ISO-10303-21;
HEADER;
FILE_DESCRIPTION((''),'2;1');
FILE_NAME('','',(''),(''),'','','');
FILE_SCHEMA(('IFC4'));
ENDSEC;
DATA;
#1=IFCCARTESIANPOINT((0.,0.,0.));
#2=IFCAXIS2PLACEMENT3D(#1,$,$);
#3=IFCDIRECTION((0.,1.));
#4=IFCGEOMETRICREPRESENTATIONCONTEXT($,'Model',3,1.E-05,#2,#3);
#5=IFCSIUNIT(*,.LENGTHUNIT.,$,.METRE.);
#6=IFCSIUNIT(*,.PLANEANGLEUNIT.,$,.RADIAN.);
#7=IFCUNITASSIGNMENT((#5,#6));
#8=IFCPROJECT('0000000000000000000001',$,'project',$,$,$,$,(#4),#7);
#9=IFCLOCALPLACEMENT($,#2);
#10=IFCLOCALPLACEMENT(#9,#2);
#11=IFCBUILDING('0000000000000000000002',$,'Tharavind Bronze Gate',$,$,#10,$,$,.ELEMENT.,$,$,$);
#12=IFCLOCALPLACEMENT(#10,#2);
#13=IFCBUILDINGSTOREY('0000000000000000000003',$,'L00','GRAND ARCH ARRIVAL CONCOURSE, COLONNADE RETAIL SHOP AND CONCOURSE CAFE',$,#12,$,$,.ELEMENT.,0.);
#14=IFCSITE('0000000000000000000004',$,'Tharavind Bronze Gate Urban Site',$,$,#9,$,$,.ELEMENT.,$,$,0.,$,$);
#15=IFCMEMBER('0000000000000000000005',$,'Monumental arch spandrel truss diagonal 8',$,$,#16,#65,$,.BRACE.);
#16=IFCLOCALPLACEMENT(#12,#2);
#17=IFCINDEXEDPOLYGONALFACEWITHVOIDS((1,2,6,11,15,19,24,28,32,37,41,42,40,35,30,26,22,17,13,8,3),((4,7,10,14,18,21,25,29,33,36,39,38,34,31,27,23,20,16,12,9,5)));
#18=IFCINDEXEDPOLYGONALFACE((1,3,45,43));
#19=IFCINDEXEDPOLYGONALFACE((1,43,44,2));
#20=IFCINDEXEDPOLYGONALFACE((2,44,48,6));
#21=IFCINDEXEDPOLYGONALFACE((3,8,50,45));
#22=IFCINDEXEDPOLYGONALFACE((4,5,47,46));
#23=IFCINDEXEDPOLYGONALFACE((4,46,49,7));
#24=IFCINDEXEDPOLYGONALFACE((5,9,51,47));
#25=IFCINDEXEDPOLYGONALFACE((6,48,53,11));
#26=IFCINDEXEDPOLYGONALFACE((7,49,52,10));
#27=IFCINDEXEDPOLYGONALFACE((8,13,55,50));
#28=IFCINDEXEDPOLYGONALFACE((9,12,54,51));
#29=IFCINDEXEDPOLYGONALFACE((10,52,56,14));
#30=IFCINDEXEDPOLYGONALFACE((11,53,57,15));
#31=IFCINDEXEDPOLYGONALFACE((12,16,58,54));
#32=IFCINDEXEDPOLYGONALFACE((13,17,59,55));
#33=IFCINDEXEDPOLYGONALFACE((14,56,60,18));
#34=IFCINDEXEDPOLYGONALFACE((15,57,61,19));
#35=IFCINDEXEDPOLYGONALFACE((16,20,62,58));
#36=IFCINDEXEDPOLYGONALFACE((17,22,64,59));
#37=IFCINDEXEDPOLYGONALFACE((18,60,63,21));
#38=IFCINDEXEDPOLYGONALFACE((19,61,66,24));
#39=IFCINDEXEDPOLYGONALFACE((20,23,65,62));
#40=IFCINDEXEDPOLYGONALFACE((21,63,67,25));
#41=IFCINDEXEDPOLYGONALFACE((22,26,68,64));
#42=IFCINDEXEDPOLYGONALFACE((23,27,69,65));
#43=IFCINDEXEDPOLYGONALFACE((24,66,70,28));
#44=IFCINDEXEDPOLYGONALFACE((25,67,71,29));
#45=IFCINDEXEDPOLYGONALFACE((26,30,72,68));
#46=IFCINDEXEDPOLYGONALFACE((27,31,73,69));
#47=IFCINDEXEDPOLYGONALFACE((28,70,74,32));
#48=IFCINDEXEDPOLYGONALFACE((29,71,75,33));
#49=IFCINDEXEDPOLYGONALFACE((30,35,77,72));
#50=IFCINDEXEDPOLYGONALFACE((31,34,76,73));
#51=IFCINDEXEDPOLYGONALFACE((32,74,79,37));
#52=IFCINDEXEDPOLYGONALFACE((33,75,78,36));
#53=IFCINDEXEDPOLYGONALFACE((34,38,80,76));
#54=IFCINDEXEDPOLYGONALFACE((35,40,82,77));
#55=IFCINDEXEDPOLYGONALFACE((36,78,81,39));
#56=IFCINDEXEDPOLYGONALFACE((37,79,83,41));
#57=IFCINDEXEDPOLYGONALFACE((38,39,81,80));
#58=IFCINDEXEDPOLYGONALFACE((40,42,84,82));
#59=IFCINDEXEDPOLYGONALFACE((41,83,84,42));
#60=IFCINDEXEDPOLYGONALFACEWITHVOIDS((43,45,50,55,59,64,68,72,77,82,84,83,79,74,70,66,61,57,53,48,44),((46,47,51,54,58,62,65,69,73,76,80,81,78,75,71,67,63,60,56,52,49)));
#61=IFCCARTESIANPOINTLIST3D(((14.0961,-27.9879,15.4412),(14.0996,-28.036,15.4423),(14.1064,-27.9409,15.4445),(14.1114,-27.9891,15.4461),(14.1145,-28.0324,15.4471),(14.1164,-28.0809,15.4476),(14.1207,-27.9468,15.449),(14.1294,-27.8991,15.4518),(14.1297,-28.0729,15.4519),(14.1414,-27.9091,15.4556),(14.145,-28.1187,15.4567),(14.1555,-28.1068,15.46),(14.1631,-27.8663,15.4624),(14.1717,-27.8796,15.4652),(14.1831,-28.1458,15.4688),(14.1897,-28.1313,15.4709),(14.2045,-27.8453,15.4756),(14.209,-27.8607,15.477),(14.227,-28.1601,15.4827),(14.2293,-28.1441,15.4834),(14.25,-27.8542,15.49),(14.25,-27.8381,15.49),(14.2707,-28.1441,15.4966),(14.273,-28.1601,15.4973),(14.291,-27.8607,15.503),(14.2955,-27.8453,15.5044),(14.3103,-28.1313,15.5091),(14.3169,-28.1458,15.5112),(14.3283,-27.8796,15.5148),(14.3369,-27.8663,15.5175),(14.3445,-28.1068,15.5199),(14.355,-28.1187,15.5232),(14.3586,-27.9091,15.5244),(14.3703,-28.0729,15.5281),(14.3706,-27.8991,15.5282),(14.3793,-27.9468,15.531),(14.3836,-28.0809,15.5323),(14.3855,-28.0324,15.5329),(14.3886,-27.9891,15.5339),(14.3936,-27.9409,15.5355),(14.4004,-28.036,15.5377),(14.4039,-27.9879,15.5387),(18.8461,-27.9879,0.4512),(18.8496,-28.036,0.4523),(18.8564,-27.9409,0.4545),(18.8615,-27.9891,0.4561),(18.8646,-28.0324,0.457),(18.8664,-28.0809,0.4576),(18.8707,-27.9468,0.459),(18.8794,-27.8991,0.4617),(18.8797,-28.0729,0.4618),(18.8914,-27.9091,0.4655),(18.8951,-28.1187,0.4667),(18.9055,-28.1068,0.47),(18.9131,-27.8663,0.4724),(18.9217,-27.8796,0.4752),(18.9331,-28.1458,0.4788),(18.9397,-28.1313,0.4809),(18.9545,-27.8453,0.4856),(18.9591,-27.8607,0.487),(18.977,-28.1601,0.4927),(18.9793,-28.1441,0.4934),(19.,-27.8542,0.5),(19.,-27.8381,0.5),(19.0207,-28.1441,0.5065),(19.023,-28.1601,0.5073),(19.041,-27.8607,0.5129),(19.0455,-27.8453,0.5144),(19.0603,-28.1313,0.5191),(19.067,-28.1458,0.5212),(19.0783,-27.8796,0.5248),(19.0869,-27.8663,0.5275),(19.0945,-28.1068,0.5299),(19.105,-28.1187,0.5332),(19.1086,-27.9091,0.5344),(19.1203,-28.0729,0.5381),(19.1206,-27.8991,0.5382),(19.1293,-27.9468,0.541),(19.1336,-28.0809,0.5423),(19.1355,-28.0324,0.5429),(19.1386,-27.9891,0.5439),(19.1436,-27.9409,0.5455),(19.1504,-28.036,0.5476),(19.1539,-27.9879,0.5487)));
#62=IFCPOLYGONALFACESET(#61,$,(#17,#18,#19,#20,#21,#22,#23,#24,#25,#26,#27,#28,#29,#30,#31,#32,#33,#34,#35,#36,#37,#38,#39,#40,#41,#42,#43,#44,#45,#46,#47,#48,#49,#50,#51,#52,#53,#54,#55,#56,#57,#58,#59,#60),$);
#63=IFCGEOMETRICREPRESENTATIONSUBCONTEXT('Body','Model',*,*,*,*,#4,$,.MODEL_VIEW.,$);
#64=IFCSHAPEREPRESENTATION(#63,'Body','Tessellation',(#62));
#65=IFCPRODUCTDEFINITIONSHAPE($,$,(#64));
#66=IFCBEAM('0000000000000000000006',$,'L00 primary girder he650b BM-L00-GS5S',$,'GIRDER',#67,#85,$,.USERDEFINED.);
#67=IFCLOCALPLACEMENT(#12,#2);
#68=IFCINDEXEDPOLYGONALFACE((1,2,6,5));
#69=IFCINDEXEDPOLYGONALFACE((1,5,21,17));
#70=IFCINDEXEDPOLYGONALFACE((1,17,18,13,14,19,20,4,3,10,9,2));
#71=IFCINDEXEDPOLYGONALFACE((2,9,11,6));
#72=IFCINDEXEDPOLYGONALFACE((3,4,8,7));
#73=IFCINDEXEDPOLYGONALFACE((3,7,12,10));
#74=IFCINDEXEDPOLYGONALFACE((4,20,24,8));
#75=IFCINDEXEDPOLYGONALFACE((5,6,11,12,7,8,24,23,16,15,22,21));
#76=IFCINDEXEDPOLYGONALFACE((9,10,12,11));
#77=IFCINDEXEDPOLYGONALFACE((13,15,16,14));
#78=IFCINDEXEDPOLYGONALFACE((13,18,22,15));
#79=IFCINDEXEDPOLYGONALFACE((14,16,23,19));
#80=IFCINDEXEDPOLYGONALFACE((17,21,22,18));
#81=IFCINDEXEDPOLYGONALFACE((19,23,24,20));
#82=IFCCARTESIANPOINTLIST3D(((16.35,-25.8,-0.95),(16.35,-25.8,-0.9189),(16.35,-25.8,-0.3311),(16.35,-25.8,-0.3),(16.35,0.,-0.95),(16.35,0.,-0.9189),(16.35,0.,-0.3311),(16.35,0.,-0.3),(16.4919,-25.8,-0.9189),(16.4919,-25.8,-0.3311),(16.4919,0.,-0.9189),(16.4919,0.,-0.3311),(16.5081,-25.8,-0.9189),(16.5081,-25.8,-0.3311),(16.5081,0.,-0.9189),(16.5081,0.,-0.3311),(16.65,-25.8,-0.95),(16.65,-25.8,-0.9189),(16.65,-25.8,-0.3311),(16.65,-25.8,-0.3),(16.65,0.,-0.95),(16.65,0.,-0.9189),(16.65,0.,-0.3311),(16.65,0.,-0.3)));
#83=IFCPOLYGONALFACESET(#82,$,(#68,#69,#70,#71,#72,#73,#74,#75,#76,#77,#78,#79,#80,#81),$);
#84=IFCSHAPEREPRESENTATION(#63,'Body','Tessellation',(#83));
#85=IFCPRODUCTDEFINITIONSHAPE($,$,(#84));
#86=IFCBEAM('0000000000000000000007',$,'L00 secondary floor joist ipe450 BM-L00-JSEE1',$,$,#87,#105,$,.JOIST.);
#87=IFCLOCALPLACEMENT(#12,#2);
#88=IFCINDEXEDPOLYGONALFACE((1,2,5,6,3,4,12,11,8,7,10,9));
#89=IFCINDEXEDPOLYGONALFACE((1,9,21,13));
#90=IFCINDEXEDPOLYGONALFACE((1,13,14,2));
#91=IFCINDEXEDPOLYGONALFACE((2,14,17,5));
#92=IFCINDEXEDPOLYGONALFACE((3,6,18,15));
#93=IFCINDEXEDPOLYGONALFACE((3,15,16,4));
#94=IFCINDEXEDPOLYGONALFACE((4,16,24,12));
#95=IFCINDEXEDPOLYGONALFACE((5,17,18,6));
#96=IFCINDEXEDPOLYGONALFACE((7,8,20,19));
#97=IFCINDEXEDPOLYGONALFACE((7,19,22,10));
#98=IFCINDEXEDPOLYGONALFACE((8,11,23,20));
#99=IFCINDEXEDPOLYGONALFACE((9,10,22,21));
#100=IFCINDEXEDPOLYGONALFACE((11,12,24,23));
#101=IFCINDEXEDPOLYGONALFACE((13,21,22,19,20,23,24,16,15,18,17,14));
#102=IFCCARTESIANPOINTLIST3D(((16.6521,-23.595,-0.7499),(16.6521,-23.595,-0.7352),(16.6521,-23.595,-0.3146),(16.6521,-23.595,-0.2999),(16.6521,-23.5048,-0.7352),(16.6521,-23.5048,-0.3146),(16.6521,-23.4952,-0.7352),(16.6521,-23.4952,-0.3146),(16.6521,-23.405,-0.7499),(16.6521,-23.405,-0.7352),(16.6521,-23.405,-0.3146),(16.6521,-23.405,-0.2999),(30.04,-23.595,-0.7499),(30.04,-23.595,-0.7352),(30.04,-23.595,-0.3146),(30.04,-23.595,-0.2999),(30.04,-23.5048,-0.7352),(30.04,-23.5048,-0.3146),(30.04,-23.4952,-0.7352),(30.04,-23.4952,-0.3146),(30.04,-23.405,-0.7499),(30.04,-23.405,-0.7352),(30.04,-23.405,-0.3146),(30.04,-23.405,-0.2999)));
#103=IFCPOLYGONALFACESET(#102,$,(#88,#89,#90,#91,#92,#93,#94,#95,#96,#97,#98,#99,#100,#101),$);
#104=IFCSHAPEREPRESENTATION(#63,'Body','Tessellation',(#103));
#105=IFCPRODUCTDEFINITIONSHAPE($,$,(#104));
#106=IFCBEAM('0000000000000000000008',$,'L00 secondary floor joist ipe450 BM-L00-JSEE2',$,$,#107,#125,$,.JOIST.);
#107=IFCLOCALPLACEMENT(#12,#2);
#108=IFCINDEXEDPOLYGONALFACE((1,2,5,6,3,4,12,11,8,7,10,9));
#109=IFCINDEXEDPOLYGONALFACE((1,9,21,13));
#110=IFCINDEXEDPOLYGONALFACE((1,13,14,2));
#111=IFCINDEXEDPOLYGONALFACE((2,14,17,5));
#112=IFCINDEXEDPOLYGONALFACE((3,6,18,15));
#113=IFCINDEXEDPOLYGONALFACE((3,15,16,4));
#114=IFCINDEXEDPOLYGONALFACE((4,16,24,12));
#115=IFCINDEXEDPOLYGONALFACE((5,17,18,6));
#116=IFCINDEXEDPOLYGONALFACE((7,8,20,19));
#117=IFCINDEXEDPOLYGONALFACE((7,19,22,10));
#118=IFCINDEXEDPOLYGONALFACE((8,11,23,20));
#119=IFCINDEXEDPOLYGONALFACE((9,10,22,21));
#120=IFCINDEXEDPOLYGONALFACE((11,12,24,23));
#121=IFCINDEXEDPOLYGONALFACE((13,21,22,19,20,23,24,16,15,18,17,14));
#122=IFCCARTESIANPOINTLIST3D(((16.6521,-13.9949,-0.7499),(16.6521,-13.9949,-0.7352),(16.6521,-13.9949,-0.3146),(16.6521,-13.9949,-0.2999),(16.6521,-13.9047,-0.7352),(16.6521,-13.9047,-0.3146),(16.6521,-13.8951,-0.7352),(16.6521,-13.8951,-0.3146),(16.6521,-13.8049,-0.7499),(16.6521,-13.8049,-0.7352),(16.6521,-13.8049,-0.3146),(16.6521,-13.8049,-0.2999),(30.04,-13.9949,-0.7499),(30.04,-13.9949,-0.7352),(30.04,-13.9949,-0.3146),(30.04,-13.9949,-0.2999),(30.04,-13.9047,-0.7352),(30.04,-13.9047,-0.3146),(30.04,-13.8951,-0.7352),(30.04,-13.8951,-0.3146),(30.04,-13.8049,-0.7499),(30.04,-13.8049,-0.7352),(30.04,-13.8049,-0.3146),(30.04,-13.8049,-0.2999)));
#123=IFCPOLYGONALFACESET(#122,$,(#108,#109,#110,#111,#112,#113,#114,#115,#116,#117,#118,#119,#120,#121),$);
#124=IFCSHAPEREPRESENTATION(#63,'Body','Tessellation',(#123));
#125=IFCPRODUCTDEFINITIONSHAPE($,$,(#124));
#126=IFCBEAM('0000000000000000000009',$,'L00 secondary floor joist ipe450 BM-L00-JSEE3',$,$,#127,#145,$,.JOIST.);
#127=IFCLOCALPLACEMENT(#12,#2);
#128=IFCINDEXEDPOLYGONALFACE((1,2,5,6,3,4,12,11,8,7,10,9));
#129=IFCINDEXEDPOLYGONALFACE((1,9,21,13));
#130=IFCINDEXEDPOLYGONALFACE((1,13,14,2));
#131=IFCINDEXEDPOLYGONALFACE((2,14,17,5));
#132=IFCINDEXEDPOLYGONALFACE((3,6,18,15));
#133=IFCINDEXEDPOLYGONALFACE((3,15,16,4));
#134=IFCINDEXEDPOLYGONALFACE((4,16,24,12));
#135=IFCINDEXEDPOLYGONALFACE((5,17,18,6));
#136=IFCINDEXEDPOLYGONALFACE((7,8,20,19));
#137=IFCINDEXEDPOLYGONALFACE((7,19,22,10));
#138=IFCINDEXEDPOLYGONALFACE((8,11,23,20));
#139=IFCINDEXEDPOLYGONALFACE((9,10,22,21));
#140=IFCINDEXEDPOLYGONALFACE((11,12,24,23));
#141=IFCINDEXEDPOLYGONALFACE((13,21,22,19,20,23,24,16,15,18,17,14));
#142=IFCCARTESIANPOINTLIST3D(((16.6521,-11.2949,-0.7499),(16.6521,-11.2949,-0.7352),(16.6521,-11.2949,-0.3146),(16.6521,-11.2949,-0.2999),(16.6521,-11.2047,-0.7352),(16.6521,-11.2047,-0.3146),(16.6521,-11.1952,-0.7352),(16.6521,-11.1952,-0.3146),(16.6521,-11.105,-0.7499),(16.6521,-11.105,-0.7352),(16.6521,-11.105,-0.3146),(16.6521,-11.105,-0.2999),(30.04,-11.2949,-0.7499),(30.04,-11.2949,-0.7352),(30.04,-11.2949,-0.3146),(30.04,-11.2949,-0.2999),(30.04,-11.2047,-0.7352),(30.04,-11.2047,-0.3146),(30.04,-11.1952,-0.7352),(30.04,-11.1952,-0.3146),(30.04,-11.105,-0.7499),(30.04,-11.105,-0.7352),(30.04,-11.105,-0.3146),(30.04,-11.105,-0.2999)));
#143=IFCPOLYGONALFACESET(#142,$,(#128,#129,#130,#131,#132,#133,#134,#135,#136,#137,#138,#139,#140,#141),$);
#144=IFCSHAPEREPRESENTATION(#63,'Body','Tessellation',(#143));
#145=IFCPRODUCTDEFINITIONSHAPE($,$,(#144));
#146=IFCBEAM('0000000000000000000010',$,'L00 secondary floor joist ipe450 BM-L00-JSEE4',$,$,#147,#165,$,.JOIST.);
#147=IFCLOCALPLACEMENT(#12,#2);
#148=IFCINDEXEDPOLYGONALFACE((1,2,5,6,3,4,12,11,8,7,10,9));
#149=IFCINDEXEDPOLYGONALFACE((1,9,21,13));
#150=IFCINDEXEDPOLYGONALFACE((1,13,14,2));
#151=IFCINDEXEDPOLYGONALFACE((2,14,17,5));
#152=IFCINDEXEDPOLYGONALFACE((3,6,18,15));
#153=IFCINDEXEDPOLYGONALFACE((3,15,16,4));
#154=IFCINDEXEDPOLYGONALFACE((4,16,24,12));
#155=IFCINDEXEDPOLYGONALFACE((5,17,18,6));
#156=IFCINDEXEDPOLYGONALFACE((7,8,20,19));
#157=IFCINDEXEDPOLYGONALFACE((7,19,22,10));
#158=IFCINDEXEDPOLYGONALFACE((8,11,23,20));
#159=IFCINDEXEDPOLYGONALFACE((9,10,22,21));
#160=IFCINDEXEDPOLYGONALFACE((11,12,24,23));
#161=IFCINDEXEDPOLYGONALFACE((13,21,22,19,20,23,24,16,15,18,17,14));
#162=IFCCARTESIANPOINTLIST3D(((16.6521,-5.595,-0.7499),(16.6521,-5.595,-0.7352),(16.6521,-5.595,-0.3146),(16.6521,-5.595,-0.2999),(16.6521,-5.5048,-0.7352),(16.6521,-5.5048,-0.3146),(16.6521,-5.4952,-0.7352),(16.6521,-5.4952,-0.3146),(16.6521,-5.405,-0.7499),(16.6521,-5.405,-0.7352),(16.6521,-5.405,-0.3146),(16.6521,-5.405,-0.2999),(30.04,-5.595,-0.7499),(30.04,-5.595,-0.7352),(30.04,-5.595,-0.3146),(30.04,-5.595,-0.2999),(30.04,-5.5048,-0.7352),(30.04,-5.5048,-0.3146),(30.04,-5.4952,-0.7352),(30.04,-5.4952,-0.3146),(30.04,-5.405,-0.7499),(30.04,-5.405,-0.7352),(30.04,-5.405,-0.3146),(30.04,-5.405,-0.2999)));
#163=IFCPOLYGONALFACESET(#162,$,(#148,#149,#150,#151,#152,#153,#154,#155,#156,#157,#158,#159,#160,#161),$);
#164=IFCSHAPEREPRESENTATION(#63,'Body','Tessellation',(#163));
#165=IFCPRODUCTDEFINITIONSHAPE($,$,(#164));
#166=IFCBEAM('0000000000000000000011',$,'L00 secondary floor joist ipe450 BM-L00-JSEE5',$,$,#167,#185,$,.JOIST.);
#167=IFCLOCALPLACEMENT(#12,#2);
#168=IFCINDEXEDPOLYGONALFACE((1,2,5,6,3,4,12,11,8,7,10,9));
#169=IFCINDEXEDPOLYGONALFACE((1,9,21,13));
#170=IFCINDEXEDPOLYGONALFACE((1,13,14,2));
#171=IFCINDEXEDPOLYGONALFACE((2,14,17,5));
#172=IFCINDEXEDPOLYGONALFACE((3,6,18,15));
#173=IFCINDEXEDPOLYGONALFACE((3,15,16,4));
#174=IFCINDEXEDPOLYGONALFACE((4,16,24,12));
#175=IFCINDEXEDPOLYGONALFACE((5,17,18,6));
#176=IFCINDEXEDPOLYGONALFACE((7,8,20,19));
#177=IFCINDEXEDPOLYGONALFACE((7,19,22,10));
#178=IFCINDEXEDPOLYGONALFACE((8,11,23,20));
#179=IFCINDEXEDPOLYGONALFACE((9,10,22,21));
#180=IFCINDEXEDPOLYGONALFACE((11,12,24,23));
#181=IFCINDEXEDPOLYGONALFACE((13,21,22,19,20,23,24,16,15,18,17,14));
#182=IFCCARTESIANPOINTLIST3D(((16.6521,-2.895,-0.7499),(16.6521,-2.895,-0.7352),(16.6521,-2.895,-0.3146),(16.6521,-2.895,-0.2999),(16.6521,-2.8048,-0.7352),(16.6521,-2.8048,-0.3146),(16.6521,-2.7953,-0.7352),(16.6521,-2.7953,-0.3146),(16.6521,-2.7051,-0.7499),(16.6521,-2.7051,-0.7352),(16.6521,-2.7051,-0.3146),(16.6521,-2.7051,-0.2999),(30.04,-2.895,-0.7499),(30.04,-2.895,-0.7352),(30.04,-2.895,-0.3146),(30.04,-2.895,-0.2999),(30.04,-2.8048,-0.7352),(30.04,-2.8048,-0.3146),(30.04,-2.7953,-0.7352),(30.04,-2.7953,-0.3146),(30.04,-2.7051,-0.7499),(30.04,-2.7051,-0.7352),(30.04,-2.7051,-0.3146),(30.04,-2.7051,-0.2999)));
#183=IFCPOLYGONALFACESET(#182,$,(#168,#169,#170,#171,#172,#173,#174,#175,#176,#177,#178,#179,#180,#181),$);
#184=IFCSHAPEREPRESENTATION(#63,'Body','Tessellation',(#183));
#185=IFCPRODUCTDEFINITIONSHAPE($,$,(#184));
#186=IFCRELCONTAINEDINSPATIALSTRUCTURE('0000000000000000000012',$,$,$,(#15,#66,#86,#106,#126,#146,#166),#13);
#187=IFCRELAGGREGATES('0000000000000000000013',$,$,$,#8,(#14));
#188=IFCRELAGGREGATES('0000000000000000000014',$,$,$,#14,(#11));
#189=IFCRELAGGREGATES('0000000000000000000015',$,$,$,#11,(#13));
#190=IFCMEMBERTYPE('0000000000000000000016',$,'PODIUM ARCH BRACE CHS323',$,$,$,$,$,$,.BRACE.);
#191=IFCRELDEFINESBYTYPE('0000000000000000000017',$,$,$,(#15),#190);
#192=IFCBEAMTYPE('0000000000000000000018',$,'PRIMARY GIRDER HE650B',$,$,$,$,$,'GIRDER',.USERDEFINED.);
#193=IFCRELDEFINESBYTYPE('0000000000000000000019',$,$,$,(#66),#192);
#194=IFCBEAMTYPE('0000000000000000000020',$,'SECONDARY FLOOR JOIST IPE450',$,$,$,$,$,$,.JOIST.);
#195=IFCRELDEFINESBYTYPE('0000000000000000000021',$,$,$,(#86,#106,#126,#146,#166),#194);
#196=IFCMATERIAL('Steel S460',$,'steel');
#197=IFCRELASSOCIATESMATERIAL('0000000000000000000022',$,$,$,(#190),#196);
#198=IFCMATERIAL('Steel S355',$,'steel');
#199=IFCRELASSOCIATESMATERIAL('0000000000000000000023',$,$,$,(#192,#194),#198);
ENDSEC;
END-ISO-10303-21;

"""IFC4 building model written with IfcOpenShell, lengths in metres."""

from ifc_helpers import new_model, si_unit, direction, frame, origin, origin_2d, place, context, subcontext, project, spatial, hollow_circle, i_section, extrude, material, material_profile, profile_set, type_object, element, save


model = new_model("IFC4")

# Units and contexts
model_context = context("Model", 3, precision=1e-05, world=origin(), true_north=direction((0.0, 1.0)))
body_context = subcontext(model_context, "Body", "Model", "MODEL_VIEW")
ifc_project = project(units=[si_unit("LENGTHUNIT", "METRE"), si_unit("PLANEANGLEUNIT", "RADIAN")], contexts=[model_context])

# Site, building, storey
site_placement = place(None, origin())
site = spatial("IfcSite", under=ifc_project, at=site_placement, Name="Tharavind Bronze Gate Urban Site", CompositionType="ELEMENT", RefElevation=0.0)
building_placement = place(site_placement, origin())
building = spatial("IfcBuilding", under=site, at=building_placement, Name="Tharavind Bronze Gate", CompositionType="ELEMENT")
storey_placement = place(building_placement, origin())
storey = spatial("IfcBuildingStorey", under=building, at=storey_placement, Name="L00", Description="GRAND ARCH ARRIVAL CONCOURSE, COLONNADE RETAIL SHOP AND CONCOURSE CAFE", CompositionType="ELEMENT", Elevation=0.0)

# Shared definitions
ifc_material_1 = material(Name="Steel S460", Category="steel")

# Member
ifc_material_profile_1 = material_profile(ifc_material_1, hollow_circle(Radius=0.1619, WallThickness=0.0161, at=origin_2d()), Name="CHS323X16")
ifc_profile_set_1 = profile_set([ifc_material_profile_1], Name="Steel S460")
member_type_1 = type_object("IfcMemberType", Name="PODIUM ARCH BRACE CHS323", PredefinedType="BRACE", material=ifc_profile_set_1)
member_1_placement = place(storey_placement, frame((14.25, -28.0, 15.49), z_axis=(0.302075, 0.0, -0.953284), x_axis=(0.0, 1.0, 0.0)))
element("IfcMember", 1, at=member_1_placement, inside=storey, type_object=member_type_1, Name="Monumental arch spandrel truss diagonal 8", PredefinedType="BRACE", context=body_context, shape_type="SweptSolid", body=[
    extrude(hollow_circle(Radius=0.1619, WallThickness=0.0161, at=origin_2d()), origin(), (0.0, 0.0, 1.0), 15.7246),
])

# Beams
ifc_material_2 = material(Name="Steel S355", Category="steel")
ifc_material_profile_2 = material_profile(ifc_material_2, i_section(OverallWidth=0.3, OverallDepth=0.6499, WebThickness=0.0161, FlangeThickness=0.031, at=origin_2d()), Name="HE650B")
ifc_profile_set_2 = profile_set([ifc_material_profile_2], Name="Steel S355")
beam_type_1 = type_object("IfcBeamType", Name="PRIMARY GIRDER HE650B", ElementType="GIRDER", PredefinedType="USERDEFINED", material=ifc_profile_set_2)
beam_1_placement = place(storey_placement, frame((16.5, -25.8, -0.625), z_axis=(0.0, 1.0, 0.0), x_axis=(-1.0, 0.0, 0.0)))
element("IfcBeam", 2, at=beam_1_placement, inside=storey, type_object=beam_type_1, Name="L00 primary girder he650b BM-L00-GS5S", ObjectType="GIRDER", PredefinedType="USERDEFINED", context=body_context, shape_type="SweptSolid", body=[
    extrude(i_section(OverallWidth=0.3, OverallDepth=0.6499, WebThickness=0.0161, FlangeThickness=0.031, at=origin_2d()), origin(), (0.0, 0.0, 1.0), 25.8),
])
ifc_material_profile_3 = material_profile(ifc_material_2, i_section(OverallWidth=0.1899, OverallDepth=0.45, WebThickness=0.0095, FlangeThickness=0.0146, at=origin_2d()), Name="IPE450")
ifc_profile_set_3 = profile_set([ifc_material_profile_3], Name="Steel S355")
beam_type_2 = type_object("IfcBeamType", Name="SECONDARY FLOOR JOIST IPE450", PredefinedType="JOIST", material=ifc_profile_set_3)
for number, where, z_axis, x_axis, name in (
    (3, (16.6521, -23.5, -0.5249), (1.0, 0.0, 0.0), (0.0, 1.0, 0.0), "L00 secondary floor joist ipe450 BM-L00-JSEE1"),
    (4, (16.6521, -13.8999, -0.5249), (1.0, 0.0, 0.0), (0.0, 1.0, 0.0), "L00 secondary floor joist ipe450 BM-L00-JSEE2"),
    (5, (16.6521, -11.2, -0.5249), (1.0, 0.0, 0.0), (0.0, 1.0, 0.0), "L00 secondary floor joist ipe450 BM-L00-JSEE3"),
    (6, (16.6521, -5.5, -0.5249), (1.0, 0.0, 0.0), (0.0, 1.0, 0.0), "L00 secondary floor joist ipe450 BM-L00-JSEE4"),
    (7, (16.6521, -2.8, -0.5249), (1.0, 0.0, 0.0), (0.0, 1.0, 0.0), "L00 secondary floor joist ipe450 BM-L00-JSEE5"),
):
    element("IfcBeam", number, at=place(storey_placement, frame(where, z_axis=z_axis, x_axis=x_axis)), inside=storey, type_object=beam_type_2, Name=name, PredefinedType="JOIST", context=body_context, shape_type="SweptSolid", body=[
        extrude(i_section(OverallWidth=0.1899, OverallDepth=0.45, WebThickness=0.0095, FlangeThickness=0.0146, at=origin_2d()), origin(), (0.0, 0.0, 1.0), 13.3879),
    ])

save(model, "model.ifc")
